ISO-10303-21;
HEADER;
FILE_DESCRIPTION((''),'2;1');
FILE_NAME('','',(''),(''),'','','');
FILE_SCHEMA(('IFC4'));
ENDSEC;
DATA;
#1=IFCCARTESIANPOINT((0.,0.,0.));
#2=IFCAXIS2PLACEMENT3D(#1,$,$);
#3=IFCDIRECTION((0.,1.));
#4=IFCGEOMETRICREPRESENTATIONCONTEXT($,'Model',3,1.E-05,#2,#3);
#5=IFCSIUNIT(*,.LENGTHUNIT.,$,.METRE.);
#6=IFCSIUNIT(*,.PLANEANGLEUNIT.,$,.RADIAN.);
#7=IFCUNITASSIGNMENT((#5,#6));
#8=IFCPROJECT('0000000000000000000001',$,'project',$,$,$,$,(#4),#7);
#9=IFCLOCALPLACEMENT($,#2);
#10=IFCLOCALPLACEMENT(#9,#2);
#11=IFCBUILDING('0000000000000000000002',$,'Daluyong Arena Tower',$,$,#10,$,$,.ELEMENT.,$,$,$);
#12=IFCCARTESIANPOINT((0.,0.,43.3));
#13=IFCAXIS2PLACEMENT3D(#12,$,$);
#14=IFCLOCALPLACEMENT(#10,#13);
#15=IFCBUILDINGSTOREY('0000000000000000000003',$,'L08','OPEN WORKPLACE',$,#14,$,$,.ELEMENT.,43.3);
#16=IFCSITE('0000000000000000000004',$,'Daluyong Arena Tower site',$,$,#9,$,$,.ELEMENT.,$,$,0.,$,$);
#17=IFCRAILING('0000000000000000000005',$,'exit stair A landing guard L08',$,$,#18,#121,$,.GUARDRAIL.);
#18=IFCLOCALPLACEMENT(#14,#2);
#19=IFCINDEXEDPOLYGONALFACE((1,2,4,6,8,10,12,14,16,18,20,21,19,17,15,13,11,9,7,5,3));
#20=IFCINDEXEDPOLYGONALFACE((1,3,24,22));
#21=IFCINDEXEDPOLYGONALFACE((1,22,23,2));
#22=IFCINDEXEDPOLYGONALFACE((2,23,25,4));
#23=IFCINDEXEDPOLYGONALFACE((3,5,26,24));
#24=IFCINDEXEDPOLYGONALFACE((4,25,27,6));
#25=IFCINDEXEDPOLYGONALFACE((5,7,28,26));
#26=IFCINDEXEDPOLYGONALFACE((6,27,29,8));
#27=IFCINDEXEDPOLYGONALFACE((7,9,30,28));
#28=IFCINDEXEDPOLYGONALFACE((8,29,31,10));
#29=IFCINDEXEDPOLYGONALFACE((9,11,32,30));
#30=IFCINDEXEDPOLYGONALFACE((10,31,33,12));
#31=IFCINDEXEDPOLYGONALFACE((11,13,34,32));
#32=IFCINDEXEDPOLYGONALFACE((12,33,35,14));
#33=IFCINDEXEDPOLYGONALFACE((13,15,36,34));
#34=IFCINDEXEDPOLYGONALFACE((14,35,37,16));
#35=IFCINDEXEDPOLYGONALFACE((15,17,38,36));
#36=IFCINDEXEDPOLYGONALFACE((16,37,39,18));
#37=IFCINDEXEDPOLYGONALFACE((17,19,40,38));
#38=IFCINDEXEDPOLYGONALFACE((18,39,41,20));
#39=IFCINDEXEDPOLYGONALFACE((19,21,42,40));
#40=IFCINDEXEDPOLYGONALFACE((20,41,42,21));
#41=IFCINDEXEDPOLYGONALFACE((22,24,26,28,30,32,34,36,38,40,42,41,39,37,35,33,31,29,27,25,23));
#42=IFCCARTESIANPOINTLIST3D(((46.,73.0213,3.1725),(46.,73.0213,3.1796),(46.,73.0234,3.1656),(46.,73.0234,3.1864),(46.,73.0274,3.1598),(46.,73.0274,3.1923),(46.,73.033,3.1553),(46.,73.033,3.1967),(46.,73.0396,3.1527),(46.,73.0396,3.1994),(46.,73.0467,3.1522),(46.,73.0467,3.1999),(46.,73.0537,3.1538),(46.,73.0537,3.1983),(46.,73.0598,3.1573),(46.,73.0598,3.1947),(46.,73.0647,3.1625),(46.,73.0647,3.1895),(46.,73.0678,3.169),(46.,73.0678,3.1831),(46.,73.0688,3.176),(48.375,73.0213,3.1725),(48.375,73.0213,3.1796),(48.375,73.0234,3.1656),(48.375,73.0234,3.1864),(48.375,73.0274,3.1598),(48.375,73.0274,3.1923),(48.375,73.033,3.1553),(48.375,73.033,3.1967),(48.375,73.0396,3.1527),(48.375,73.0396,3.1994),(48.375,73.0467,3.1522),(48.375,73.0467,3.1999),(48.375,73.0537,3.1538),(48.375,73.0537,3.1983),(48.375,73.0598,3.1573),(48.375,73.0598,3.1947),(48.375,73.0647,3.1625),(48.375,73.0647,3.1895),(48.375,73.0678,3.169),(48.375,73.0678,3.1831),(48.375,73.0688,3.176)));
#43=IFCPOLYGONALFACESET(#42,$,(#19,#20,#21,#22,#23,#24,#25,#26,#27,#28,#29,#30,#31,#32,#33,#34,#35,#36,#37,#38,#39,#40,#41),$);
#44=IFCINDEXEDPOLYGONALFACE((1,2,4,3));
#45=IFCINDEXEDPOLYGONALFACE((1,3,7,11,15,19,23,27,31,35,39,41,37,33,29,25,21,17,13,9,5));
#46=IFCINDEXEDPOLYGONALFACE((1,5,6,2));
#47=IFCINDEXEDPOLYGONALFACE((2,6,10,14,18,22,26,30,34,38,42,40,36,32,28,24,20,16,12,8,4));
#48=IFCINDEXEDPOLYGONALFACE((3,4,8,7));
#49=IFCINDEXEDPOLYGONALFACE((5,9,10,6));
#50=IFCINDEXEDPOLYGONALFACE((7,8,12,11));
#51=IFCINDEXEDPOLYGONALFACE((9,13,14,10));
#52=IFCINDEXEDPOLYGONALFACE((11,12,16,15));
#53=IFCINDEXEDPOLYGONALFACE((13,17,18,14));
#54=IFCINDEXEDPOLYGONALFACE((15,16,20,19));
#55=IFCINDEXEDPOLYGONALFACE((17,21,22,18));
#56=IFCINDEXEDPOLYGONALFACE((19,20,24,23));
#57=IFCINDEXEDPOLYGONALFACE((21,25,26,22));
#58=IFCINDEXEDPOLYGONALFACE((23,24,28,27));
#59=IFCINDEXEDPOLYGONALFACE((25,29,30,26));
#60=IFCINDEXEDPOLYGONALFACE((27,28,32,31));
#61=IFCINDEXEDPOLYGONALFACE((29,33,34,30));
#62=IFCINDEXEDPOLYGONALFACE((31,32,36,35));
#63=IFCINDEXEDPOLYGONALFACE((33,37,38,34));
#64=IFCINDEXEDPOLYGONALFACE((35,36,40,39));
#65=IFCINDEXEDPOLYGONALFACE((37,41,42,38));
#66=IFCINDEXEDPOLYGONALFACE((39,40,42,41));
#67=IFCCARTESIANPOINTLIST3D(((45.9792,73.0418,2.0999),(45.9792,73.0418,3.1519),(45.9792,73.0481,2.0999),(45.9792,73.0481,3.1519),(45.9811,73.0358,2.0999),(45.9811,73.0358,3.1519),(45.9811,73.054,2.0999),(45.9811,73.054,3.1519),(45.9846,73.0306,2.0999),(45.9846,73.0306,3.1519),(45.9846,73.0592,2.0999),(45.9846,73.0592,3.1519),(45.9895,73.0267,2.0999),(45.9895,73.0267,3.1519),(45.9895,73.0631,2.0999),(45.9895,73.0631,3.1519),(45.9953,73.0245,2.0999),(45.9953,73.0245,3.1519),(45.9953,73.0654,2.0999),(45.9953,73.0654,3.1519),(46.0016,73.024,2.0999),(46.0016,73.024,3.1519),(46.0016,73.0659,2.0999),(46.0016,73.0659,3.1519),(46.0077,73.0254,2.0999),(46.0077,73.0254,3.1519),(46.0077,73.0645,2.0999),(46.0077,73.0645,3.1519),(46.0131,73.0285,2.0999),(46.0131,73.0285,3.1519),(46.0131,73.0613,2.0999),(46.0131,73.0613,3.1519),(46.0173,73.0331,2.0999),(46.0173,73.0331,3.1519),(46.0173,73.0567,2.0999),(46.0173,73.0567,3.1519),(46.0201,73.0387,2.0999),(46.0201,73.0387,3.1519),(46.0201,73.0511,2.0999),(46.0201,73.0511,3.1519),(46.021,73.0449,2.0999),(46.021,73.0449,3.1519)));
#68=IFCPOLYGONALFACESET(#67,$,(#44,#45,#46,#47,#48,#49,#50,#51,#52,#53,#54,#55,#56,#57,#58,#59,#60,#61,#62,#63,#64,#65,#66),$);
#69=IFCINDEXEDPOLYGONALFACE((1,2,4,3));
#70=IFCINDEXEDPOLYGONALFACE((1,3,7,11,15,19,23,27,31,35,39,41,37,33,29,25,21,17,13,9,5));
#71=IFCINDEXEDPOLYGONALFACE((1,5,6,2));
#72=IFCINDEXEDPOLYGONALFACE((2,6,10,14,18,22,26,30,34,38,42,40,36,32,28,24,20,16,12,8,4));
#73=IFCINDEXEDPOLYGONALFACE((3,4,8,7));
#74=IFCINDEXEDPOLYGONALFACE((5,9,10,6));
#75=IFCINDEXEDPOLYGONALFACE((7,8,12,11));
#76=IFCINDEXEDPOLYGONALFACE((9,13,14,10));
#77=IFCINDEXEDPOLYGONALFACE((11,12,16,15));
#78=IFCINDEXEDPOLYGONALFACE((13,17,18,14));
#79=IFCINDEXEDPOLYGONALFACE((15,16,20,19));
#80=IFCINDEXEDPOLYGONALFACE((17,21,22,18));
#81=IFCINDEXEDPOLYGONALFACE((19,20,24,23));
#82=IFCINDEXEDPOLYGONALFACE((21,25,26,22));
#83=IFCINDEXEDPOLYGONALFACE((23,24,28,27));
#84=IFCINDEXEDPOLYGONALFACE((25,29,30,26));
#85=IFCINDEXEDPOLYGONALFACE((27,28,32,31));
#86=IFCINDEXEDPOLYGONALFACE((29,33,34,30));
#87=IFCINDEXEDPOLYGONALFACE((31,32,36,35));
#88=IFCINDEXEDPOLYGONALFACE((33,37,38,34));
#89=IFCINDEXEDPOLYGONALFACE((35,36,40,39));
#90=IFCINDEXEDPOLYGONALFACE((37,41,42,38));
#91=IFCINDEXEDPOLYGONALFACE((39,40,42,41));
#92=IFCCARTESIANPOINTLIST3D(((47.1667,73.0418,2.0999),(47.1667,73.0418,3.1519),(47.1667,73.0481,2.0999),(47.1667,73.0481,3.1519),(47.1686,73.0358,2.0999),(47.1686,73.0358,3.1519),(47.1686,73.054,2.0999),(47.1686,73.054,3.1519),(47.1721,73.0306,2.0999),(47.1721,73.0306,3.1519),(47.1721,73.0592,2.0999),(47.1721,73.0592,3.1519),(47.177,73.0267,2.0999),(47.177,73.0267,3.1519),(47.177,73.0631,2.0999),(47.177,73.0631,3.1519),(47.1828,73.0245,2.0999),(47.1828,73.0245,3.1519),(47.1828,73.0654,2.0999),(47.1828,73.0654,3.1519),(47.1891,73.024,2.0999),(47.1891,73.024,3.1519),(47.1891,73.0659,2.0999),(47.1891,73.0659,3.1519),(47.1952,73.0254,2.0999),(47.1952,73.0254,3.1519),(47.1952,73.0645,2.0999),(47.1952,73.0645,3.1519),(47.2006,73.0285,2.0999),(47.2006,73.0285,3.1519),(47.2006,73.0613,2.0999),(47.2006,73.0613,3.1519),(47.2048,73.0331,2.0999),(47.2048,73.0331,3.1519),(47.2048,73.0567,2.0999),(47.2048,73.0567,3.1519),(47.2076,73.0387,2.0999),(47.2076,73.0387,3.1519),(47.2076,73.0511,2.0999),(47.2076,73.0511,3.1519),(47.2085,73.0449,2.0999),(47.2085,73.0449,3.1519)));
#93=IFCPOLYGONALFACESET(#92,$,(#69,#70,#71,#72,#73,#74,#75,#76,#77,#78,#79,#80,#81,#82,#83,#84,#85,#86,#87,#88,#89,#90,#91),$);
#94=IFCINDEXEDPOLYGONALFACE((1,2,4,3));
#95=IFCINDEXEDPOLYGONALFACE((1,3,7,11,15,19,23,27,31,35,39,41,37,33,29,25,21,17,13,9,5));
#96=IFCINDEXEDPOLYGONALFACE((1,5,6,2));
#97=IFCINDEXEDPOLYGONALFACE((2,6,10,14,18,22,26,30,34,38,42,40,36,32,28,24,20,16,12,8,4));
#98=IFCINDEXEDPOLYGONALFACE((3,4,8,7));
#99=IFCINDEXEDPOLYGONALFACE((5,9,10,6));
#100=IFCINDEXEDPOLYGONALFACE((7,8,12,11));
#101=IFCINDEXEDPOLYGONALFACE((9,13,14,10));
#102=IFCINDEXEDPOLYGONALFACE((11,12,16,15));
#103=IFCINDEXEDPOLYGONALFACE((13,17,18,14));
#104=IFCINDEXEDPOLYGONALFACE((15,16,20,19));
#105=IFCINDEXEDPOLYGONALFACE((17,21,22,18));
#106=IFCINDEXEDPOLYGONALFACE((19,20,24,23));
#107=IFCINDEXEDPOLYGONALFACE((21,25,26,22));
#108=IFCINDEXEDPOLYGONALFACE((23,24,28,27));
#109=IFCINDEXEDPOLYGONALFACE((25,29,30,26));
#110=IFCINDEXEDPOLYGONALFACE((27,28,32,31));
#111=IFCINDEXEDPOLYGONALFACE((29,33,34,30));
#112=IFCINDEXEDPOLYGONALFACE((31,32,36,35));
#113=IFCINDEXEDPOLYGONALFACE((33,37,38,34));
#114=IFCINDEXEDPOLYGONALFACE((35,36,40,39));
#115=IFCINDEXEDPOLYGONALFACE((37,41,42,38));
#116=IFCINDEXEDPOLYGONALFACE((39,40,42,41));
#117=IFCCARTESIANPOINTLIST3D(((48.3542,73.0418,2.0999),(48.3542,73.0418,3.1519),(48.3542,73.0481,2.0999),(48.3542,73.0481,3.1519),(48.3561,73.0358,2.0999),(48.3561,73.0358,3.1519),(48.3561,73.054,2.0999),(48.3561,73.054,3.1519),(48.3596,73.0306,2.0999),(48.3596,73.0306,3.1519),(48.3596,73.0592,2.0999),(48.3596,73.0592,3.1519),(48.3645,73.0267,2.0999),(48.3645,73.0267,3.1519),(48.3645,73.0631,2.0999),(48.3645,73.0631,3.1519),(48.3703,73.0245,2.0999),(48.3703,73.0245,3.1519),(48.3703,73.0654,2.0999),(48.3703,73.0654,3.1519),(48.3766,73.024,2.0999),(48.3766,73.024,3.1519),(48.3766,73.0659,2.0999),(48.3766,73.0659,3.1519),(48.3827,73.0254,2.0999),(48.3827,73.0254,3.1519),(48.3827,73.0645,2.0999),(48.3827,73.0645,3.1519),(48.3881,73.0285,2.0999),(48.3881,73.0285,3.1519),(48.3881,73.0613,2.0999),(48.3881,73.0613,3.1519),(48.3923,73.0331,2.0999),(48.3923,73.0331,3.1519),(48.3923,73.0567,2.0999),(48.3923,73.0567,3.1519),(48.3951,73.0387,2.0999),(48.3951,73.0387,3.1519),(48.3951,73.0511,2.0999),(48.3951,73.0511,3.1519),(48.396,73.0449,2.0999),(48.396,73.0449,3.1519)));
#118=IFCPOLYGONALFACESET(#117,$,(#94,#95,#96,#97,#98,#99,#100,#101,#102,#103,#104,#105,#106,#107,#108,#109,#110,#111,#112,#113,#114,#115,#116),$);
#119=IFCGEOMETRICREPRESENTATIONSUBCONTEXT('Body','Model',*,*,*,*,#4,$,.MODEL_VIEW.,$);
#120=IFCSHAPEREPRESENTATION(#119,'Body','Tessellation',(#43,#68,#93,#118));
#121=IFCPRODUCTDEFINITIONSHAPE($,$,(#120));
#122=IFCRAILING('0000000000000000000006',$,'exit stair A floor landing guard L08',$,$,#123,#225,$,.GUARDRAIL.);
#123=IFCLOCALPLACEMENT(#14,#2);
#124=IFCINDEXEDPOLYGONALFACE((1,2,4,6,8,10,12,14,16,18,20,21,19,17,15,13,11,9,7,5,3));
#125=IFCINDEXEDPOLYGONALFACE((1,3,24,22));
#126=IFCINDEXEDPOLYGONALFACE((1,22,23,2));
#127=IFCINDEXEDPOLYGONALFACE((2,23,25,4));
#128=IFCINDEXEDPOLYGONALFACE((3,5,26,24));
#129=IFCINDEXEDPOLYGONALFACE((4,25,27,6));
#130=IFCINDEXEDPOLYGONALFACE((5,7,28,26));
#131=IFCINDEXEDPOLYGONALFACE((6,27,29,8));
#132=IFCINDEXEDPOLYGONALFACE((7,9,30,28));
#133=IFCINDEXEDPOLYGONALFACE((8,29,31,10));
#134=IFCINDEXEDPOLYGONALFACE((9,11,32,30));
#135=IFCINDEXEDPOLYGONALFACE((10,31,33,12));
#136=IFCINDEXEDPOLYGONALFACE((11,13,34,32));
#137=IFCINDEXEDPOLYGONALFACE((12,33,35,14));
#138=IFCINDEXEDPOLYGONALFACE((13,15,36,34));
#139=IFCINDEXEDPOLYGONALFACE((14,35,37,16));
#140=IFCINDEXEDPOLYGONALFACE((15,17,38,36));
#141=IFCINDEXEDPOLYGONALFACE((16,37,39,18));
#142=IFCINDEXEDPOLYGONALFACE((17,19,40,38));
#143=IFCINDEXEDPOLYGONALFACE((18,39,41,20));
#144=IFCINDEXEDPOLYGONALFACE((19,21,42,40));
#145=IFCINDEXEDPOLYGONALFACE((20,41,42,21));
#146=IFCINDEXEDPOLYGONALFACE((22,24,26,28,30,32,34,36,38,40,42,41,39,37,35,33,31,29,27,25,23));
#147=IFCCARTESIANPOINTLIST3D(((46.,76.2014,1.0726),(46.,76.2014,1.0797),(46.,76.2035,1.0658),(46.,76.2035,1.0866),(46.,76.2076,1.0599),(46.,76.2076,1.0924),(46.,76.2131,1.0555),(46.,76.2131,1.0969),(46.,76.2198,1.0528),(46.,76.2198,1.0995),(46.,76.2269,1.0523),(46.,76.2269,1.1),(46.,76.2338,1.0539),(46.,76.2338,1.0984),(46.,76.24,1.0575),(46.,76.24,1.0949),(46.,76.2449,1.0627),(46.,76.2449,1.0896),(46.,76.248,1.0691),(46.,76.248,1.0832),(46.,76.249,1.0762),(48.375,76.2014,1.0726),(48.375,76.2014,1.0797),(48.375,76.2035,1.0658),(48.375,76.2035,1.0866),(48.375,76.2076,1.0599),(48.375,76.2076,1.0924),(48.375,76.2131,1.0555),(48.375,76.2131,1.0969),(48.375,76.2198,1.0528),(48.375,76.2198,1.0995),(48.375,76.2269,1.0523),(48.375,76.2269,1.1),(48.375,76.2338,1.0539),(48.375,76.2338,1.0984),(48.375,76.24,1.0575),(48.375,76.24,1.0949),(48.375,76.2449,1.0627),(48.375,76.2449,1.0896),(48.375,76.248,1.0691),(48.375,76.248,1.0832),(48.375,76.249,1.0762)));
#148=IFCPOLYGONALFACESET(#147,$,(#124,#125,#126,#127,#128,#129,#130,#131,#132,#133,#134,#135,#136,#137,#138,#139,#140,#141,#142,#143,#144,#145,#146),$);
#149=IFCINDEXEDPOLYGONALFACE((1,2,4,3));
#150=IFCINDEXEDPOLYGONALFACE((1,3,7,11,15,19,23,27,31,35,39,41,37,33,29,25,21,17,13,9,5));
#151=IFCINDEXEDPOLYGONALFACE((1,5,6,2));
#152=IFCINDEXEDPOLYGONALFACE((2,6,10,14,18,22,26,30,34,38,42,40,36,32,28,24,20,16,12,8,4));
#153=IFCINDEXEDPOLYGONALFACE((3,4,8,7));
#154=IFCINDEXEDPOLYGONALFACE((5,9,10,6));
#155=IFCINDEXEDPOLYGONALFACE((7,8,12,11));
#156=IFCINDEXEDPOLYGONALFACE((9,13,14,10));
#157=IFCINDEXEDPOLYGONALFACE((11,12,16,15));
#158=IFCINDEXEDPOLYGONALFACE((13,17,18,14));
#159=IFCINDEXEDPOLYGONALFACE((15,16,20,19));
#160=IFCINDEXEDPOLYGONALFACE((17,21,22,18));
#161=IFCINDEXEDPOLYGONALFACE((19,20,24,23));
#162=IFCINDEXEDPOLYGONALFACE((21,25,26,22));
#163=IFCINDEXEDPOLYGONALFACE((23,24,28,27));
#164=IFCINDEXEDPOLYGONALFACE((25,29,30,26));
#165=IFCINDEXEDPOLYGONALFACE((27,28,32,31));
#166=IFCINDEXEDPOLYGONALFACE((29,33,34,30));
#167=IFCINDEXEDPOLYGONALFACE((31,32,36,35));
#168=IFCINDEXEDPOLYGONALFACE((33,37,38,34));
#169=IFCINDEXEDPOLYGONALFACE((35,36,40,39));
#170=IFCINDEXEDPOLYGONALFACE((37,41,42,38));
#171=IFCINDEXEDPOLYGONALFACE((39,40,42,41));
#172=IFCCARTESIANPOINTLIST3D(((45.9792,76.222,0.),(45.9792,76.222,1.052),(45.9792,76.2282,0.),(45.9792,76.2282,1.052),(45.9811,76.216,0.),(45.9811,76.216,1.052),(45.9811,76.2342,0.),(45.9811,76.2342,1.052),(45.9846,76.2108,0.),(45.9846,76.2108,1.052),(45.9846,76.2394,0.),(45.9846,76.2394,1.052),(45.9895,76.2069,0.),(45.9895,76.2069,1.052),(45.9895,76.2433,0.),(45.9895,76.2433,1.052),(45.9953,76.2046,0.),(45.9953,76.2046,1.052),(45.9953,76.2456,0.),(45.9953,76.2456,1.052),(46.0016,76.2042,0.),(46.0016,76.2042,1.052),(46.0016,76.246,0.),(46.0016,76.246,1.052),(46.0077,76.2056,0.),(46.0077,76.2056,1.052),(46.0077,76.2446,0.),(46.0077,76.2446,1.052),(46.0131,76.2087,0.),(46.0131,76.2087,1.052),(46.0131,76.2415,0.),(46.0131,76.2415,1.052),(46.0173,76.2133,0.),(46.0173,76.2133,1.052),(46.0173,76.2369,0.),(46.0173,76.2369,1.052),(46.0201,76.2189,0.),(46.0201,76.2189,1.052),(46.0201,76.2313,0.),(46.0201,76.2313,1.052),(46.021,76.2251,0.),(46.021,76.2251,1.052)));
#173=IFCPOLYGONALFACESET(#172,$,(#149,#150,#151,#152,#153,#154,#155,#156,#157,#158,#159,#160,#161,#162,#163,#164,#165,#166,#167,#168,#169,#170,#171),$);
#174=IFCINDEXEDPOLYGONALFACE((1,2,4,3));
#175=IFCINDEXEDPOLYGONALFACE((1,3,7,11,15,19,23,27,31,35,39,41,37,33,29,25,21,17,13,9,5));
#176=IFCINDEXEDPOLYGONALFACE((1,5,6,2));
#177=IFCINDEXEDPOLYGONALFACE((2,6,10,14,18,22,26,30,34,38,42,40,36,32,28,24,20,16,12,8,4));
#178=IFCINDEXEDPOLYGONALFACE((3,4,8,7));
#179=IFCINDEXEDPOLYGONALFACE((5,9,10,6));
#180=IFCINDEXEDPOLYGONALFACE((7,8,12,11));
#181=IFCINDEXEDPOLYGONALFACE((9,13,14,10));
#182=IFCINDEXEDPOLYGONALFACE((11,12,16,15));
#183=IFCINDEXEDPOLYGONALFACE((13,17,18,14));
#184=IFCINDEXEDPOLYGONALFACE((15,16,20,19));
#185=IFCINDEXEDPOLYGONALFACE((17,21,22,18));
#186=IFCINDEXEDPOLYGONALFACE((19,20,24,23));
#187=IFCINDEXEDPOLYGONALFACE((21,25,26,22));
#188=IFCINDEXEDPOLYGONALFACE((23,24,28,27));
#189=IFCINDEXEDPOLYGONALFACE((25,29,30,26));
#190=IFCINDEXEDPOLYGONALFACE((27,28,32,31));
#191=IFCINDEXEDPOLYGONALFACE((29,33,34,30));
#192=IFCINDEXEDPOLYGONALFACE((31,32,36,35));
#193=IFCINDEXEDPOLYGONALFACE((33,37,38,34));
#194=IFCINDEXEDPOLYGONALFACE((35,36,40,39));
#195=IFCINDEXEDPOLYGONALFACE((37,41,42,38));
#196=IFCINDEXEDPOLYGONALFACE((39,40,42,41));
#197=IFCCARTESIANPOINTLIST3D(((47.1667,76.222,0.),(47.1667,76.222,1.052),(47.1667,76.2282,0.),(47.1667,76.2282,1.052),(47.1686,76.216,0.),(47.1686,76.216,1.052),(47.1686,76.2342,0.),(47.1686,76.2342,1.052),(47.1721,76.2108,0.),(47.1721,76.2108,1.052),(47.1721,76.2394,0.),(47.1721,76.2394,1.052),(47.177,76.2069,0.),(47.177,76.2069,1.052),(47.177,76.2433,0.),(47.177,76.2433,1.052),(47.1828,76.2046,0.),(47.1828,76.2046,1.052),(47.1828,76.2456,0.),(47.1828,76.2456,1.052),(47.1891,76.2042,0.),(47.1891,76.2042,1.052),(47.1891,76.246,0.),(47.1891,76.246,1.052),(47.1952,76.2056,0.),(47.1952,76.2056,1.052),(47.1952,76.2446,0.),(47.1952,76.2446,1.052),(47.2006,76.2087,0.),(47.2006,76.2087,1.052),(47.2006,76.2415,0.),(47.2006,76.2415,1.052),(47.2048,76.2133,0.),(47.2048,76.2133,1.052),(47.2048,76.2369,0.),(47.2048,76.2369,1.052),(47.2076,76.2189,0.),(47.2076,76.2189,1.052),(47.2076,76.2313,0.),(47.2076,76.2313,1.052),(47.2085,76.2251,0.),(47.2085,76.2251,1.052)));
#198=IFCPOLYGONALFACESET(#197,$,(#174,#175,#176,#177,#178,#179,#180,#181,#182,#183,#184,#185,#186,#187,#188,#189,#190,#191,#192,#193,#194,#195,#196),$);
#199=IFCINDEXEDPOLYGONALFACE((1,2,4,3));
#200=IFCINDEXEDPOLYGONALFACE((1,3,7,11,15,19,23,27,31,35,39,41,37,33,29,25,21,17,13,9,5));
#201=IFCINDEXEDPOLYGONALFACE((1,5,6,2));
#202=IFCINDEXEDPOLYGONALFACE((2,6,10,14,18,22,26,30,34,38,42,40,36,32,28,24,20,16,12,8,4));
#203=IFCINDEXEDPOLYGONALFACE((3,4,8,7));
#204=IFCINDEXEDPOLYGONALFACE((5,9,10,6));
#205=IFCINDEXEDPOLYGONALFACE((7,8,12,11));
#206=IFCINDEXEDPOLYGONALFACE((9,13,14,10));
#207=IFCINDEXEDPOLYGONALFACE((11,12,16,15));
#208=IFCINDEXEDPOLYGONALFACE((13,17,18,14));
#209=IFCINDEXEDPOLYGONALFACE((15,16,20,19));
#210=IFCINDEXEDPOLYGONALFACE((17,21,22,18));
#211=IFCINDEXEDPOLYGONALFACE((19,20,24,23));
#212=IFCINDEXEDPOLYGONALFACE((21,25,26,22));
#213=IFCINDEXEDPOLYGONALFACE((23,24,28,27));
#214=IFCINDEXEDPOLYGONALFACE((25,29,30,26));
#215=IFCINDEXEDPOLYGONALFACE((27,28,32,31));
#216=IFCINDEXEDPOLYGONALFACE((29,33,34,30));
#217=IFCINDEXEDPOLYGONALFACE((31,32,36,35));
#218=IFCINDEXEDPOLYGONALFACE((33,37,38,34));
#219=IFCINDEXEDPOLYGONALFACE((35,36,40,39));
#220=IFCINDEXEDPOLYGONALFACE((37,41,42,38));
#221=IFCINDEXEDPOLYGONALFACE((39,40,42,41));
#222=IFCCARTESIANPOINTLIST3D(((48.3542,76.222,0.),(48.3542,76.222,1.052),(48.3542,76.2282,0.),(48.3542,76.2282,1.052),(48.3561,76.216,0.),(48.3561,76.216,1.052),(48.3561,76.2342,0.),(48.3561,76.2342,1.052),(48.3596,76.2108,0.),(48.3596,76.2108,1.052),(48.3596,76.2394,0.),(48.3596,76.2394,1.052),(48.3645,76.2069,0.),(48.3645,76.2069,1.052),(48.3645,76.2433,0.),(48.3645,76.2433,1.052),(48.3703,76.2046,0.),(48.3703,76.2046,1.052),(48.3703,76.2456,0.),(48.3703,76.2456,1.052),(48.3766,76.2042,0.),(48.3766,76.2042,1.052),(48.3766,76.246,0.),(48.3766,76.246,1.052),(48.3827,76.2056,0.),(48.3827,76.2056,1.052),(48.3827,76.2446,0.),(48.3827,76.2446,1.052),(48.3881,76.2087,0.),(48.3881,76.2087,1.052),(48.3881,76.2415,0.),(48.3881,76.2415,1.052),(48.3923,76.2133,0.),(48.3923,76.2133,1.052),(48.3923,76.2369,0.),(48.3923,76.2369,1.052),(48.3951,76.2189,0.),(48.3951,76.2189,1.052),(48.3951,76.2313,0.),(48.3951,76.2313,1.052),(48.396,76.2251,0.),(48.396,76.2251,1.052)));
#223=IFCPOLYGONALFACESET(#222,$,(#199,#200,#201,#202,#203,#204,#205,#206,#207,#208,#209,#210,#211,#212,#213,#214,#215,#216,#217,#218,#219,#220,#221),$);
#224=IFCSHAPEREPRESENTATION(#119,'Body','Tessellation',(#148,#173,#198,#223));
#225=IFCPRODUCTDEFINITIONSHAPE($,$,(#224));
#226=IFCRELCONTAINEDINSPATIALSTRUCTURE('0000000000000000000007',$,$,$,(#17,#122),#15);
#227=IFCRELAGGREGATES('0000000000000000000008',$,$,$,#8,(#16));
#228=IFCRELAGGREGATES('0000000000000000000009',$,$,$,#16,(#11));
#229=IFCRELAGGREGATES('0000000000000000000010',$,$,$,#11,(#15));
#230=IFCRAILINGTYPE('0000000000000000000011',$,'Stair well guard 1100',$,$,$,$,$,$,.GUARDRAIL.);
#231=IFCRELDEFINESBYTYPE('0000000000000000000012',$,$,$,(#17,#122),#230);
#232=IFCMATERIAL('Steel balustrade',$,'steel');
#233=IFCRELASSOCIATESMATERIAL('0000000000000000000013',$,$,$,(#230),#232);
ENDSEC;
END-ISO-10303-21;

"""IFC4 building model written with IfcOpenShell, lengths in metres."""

from ifc_helpers import new_model, si_unit, direction, frame, origin, origin_2d, place, context, subcontext, project, spatial, circle, extrude, material, type_object, element, save


model = new_model("IFC4")

# Units and contexts
model_context = context("Model", 3, precision=1e-05, world=origin(), true_north=direction((0.0, 1.0)))
body_context = subcontext(model_context, "Body", "Model", "MODEL_VIEW")
ifc_project = project(units=[si_unit("LENGTHUNIT", "METRE"), si_unit("PLANEANGLEUNIT", "RADIAN")], contexts=[model_context])

# Site, building, storey
site_placement = place(None, origin())
site = spatial("IfcSite", under=ifc_project, at=site_placement, Name="Daluyong Arena Tower site", CompositionType="ELEMENT", RefElevation=0.0)
building_placement = place(site_placement, origin())
building = spatial("IfcBuilding", under=site, at=building_placement, Name="Daluyong Arena Tower", CompositionType="ELEMENT")
storey_placement = place(building_placement, frame((0.0, 0.0, 43.3)))
storey = spatial("IfcBuildingStorey", under=building, at=storey_placement, Name="L08", Description="OPEN WORKPLACE", CompositionType="ELEMENT", Elevation=43.3)

# Railings
ifc_material_1 = material(Name="Steel balustrade", Category="steel")
railing_type_1 = type_object("IfcRailingType", Name="Stair well guard 1100", PredefinedType="GUARDRAIL", material=ifc_material_1)
for number, where, name in (
    (1, (46.0, 73.0449, 2.0999), "exit stair A landing guard L08"),
    (2, (46.0, 76.2251, 0.0), "exit stair A floor landing guard L08"),
):
    element("IfcRailing", number, at=place(storey_placement, frame(where)), inside=storey, type_object=railing_type_1, Name=name, PredefinedType="GUARDRAIL", context=body_context, shape_type="SweptSolid", body=[
        extrude(circle(Radius=0.0239, at=origin_2d()), frame((0.0, 0.0, 1.0762), z_axis=(1.0, 0.0, 0.0), x_axis=(0.0, 1.0, 0.0)), (0.0, 0.0, 1.0), 2.375),
        extrude(circle(Radius=0.021, at=origin_2d()), origin(), (0.0, 0.0, 1.0), 1.052),
        extrude(circle(Radius=0.021, at=origin_2d()), frame((1.1875, 0.0, 0.0)), (0.0, 0.0, 1.0), 1.052),
        extrude(circle(Radius=0.021, at=origin_2d()), frame((2.375, 0.0, 0.0)), (0.0, 0.0, 1.0), 1.052),
    ])

save(model, "model.ifc")
